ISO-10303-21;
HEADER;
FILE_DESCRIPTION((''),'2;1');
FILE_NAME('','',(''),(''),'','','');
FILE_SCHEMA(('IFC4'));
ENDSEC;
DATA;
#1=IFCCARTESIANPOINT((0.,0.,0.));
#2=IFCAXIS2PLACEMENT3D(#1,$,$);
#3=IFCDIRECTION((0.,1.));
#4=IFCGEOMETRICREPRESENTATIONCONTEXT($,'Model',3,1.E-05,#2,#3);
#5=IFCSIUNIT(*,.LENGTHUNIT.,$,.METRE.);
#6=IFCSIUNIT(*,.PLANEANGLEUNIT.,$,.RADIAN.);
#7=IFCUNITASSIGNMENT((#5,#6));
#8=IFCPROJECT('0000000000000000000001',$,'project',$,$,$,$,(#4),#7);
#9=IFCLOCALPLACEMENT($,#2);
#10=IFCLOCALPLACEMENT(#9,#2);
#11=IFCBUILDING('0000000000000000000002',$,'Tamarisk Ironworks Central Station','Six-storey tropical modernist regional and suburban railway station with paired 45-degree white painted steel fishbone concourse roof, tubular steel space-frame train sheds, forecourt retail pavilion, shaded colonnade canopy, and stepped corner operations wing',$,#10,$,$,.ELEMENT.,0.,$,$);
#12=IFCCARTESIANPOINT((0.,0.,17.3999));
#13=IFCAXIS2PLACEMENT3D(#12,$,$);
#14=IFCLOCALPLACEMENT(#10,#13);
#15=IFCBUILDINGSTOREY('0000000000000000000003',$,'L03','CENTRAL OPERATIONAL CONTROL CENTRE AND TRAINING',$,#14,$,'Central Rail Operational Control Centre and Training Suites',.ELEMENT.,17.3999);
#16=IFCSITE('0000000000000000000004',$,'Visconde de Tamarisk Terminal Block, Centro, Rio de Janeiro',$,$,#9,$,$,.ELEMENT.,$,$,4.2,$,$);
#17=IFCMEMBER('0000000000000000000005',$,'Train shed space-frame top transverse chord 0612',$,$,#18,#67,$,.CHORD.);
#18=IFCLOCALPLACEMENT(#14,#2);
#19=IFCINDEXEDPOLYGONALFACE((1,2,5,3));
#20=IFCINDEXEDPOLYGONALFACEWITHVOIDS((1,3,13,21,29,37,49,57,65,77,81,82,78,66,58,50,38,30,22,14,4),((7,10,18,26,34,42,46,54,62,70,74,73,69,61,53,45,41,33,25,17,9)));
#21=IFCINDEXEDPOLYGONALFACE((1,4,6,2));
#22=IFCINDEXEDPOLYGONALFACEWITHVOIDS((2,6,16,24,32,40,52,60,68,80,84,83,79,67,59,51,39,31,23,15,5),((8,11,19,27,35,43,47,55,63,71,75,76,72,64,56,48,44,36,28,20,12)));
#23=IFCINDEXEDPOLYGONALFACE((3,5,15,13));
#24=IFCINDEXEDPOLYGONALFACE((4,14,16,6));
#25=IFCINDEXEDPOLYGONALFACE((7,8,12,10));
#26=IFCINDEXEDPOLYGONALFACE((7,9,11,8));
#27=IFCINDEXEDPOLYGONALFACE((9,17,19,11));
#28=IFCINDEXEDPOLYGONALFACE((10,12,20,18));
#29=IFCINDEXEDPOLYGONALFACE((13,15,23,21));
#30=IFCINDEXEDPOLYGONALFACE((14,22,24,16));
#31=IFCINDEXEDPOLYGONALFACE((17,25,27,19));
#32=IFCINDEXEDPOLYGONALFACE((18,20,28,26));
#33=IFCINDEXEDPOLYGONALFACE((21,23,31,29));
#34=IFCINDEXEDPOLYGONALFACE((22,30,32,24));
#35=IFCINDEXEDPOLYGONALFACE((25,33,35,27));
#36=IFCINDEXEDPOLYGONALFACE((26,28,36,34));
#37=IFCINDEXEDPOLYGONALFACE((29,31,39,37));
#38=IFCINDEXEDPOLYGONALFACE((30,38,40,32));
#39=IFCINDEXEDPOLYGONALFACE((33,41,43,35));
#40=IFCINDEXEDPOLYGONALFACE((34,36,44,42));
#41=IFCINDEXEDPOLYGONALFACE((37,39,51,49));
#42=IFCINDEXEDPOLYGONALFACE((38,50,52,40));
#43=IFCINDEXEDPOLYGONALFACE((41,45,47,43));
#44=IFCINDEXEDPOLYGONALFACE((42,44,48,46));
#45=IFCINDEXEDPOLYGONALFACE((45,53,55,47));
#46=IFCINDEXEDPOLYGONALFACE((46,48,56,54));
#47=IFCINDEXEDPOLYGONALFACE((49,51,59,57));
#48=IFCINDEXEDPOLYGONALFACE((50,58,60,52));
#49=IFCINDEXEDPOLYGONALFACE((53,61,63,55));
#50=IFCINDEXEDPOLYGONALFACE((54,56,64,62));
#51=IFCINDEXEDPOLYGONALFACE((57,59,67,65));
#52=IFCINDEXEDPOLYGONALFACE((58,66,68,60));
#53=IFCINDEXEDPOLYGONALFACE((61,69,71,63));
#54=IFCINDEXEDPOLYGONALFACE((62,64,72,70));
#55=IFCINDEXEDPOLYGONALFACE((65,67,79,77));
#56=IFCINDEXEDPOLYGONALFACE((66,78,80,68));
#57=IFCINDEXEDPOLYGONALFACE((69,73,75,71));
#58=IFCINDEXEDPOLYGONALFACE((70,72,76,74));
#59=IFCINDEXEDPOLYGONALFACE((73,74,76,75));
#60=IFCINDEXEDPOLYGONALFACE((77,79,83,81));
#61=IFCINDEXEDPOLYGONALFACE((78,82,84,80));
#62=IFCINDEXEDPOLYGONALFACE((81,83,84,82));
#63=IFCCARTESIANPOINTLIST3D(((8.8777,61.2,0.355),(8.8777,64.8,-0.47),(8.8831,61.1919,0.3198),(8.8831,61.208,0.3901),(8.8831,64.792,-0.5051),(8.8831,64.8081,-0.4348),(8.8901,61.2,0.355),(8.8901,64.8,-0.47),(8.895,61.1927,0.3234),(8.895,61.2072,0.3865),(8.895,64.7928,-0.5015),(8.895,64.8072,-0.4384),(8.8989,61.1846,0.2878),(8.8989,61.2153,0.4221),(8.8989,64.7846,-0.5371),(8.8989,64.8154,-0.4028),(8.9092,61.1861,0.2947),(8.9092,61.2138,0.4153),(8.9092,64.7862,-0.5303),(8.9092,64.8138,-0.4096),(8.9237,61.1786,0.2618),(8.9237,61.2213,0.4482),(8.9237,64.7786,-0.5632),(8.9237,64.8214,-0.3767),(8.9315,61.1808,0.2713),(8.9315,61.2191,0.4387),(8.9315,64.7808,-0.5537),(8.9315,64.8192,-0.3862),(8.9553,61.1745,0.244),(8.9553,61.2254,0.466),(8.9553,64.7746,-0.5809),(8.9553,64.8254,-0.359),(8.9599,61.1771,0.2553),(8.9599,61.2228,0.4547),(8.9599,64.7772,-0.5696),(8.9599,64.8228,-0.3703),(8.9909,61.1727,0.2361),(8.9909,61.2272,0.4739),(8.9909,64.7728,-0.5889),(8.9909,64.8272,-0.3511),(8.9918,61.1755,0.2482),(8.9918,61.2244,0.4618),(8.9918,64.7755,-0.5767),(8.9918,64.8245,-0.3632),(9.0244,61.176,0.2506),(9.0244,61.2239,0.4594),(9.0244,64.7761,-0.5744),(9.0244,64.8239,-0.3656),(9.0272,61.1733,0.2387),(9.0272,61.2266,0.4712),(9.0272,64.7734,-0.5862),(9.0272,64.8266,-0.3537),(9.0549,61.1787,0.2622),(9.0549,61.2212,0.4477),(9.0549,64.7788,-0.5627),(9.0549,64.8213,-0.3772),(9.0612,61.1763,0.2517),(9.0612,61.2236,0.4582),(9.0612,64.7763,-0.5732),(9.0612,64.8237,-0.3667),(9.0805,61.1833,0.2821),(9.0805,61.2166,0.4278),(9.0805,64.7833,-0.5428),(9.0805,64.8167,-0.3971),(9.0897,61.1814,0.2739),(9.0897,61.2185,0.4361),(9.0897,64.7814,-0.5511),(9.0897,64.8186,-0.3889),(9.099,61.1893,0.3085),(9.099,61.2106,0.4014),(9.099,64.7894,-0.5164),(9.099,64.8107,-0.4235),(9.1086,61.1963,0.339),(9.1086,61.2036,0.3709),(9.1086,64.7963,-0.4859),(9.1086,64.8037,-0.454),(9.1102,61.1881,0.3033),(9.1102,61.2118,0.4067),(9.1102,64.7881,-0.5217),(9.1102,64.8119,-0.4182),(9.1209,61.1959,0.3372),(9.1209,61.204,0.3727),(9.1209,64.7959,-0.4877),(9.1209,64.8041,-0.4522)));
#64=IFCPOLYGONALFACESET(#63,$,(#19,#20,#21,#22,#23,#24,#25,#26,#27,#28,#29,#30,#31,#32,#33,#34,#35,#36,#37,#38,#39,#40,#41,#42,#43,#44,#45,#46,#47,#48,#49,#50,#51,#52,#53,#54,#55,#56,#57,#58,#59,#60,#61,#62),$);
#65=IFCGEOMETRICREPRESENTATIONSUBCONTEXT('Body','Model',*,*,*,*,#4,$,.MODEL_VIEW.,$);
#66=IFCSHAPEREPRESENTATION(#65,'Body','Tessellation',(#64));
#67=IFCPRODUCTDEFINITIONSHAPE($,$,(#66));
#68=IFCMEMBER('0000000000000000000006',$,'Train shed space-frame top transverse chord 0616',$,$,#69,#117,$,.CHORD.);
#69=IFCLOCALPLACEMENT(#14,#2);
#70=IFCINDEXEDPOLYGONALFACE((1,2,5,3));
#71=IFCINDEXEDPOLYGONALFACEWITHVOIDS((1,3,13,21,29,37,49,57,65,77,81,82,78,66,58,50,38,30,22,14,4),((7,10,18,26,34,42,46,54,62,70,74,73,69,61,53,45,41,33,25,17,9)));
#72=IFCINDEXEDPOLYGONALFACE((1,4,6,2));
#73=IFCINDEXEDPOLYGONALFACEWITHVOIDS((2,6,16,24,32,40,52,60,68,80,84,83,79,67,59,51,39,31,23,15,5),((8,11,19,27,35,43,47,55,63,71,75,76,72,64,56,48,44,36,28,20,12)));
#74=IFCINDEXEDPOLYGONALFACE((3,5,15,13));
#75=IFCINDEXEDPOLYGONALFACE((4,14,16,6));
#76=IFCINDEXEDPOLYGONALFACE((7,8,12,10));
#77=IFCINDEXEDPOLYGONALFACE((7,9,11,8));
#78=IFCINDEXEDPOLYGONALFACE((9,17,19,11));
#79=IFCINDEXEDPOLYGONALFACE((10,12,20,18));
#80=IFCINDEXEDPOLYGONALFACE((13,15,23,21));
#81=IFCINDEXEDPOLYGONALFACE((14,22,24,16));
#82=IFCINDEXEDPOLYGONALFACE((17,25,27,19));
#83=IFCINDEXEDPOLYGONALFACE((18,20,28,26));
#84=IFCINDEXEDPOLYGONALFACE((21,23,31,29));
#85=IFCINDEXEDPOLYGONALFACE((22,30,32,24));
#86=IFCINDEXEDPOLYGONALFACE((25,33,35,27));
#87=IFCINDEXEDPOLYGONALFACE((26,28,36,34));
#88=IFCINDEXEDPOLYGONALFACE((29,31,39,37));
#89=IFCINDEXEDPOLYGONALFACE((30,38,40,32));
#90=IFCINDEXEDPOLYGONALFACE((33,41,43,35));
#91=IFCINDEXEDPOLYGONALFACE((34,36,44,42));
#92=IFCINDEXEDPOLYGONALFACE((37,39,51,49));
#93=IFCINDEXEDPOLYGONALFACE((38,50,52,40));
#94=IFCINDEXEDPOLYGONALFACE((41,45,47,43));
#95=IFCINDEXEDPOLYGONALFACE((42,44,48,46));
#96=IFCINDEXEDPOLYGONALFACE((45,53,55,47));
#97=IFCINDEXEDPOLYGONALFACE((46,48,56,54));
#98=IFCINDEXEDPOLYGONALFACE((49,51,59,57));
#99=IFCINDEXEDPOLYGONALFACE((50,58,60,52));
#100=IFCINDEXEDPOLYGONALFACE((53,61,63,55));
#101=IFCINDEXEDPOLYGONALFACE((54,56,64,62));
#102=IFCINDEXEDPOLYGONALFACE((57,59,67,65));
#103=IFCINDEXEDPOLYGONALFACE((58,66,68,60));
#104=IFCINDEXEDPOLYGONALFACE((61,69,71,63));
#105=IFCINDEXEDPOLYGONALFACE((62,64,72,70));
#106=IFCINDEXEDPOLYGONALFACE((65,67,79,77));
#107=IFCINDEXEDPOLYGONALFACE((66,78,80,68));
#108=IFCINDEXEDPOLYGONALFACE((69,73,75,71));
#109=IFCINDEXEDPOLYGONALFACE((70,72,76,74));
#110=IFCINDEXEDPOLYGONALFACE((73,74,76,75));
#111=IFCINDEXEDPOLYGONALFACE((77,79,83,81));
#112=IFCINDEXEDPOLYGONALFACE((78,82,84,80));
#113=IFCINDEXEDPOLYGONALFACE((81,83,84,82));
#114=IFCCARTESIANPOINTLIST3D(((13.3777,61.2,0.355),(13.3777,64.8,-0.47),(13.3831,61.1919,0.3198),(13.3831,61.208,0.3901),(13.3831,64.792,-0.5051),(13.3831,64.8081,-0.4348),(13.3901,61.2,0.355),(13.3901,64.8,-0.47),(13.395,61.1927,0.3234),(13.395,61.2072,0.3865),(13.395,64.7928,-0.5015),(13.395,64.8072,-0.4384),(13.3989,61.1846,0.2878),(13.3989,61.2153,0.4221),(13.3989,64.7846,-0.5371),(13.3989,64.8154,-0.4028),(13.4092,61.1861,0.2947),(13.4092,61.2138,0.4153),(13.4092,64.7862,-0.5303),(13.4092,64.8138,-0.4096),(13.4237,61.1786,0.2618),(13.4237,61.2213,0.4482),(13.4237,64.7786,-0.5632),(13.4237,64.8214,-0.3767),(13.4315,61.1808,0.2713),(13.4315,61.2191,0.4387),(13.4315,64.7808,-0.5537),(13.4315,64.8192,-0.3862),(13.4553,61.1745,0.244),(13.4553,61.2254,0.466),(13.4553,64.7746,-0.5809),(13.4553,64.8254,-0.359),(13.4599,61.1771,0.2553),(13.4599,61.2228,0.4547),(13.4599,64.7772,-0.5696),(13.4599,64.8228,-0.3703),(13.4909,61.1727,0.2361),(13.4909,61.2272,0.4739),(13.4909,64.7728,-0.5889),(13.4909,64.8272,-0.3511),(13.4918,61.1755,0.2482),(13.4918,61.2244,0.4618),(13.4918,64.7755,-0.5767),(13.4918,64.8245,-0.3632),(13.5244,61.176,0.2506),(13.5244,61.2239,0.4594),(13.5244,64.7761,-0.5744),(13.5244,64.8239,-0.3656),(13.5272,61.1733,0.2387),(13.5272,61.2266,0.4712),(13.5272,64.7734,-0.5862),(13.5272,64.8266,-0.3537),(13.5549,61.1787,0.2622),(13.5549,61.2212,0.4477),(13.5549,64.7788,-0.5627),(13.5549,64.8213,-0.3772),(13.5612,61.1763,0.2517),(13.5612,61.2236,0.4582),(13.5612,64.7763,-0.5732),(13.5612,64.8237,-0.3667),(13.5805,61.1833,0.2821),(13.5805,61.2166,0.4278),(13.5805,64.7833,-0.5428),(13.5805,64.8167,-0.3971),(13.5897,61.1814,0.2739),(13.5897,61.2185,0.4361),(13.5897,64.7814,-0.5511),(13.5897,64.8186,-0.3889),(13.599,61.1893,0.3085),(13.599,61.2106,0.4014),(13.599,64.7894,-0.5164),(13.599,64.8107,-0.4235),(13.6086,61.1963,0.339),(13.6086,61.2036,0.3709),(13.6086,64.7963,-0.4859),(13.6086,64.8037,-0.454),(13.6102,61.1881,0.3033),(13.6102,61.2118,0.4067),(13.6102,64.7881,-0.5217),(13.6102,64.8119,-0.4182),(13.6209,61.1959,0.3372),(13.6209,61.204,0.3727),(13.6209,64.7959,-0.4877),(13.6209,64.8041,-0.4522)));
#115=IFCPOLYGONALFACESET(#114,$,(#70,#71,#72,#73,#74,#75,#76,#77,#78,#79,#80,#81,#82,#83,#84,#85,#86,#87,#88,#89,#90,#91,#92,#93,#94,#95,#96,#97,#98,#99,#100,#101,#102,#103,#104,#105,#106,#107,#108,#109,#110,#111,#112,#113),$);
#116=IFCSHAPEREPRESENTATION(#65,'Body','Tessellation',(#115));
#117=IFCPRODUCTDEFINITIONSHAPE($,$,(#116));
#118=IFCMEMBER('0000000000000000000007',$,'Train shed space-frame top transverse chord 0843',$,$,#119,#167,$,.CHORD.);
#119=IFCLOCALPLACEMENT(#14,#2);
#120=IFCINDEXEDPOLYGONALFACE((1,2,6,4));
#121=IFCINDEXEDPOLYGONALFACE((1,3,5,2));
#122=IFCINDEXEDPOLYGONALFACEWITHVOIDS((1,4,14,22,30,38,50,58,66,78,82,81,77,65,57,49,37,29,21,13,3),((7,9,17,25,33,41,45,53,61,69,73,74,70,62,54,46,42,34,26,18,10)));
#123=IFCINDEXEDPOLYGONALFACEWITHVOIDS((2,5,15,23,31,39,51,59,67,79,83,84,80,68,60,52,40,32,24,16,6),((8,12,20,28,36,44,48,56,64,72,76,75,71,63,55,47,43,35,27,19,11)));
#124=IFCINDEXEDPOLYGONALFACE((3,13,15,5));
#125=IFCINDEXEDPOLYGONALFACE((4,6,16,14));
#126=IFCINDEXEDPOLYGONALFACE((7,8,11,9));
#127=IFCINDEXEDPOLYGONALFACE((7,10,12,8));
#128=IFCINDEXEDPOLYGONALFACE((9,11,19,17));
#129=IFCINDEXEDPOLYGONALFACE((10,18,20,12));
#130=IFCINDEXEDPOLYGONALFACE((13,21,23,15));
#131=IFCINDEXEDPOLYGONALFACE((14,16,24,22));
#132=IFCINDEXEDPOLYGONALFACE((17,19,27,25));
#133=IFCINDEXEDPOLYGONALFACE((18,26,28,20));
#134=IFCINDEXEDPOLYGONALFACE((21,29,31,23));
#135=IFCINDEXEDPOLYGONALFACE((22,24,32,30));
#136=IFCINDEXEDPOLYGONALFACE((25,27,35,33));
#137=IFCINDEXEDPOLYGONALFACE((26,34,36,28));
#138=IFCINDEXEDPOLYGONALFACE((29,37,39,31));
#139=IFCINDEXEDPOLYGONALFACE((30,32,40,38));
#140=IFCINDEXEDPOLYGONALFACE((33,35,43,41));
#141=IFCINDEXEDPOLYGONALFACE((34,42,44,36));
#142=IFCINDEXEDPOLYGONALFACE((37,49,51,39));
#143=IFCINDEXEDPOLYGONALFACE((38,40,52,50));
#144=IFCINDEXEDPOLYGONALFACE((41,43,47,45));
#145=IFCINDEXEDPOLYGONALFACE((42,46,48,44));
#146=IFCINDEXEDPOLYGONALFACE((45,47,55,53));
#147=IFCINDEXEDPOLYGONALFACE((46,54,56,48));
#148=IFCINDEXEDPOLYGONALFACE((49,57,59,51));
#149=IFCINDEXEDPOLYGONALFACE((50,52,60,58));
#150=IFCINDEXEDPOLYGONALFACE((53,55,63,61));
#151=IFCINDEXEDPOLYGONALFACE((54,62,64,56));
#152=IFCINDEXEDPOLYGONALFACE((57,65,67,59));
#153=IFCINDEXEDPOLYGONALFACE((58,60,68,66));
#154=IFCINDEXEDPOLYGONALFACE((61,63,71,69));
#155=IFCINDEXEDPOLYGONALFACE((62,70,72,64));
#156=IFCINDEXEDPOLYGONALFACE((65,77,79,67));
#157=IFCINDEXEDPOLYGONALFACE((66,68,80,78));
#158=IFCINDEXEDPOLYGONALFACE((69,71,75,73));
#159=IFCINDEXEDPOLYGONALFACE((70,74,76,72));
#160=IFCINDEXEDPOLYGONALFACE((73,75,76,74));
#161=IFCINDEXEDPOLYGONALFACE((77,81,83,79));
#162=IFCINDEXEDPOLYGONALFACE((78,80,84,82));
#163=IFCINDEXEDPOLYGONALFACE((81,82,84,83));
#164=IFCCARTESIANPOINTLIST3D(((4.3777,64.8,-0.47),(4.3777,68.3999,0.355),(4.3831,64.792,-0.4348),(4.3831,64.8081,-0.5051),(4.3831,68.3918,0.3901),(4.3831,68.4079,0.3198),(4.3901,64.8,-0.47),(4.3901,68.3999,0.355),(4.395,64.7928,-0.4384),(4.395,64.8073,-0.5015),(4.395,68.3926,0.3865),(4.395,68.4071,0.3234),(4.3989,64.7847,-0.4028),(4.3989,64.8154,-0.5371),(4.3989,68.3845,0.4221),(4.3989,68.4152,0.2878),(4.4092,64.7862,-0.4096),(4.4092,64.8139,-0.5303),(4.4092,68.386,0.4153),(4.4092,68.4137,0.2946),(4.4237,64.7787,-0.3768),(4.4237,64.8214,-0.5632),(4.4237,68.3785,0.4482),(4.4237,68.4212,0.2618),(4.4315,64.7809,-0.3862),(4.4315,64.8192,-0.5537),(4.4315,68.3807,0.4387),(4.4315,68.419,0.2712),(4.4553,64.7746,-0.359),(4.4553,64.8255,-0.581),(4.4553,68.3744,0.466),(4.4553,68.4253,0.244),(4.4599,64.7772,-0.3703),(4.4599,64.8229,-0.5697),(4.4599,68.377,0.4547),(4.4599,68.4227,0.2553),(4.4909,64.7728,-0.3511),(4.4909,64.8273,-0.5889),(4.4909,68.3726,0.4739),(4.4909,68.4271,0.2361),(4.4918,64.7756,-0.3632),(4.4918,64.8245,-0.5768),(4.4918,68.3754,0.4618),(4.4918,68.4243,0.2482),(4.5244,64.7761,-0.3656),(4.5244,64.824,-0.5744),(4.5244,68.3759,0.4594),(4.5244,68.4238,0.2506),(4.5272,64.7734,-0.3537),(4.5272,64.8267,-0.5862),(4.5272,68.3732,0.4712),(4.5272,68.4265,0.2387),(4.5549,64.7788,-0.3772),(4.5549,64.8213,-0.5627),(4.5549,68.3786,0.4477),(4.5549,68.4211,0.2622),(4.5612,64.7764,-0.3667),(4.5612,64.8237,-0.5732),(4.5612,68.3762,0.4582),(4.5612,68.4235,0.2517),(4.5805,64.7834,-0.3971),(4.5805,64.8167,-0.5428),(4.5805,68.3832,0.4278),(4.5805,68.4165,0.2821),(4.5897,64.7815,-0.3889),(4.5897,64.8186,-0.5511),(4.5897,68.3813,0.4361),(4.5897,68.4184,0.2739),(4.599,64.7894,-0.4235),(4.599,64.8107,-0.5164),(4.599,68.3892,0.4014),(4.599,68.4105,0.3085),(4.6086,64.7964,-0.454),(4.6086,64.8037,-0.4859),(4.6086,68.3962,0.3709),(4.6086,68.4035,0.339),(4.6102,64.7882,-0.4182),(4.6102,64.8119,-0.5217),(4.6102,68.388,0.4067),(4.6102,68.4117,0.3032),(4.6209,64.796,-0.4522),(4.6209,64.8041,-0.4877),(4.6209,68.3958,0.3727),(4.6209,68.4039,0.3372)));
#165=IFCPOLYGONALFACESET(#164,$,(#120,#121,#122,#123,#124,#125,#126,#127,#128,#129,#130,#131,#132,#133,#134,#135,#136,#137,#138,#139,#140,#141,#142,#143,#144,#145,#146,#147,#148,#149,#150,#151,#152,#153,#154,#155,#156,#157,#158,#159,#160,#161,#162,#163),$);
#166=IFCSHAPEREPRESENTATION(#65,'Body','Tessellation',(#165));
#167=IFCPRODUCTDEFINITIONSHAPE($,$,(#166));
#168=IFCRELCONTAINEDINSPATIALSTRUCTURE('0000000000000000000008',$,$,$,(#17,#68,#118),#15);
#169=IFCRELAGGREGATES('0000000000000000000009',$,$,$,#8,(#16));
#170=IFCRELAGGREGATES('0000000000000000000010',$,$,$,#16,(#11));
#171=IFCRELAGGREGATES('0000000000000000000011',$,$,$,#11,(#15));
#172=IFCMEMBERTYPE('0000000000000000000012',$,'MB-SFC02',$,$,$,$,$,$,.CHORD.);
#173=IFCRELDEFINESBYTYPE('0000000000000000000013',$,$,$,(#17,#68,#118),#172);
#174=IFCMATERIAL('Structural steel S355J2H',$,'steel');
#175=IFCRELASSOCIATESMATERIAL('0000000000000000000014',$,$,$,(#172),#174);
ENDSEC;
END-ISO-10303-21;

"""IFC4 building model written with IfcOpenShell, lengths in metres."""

from ifc_helpers import new_model, si_unit, direction, frame, origin, origin_2d, place, context, subcontext, project, spatial, hollow_circle, extrude, material, material_profile, profile_set, type_object, element, save


model = new_model("IFC4")

# Units and contexts
model_context = context("Model", 3, precision=1e-05, world=origin(), true_north=direction((0.0, 1.0)))
body_context = subcontext(model_context, "Body", "Model", "MODEL_VIEW")
ifc_project = project(units=[si_unit("LENGTHUNIT", "METRE"), si_unit("PLANEANGLEUNIT", "RADIAN")], contexts=[model_context])

# Site, building, storey
site_placement = place(None, origin())
site = spatial("IfcSite", under=ifc_project, at=site_placement, Name="Visconde de Tamarisk Terminal Block, Centro, Rio de Janeiro", CompositionType="ELEMENT", RefElevation=4.2)
building_placement = place(site_placement, origin())
building = spatial("IfcBuilding", under=site, at=building_placement, Name="Tamarisk Ironworks Central Station", Description="Six-storey tropical modernist regional and suburban railway station with paired 45-degree white painted steel fishbone concourse roof, tubular steel space-frame train sheds, forecourt retail pavilion, shaded colonnade canopy, and stepped corner operations wing", CompositionType="ELEMENT", ElevationOfRefHeight=0.0)
storey_placement = place(building_placement, frame((0.0, 0.0, 17.3999)))
storey = spatial("IfcBuildingStorey", under=building, at=storey_placement, Name="L03", Description="CENTRAL OPERATIONAL CONTROL CENTRE AND TRAINING", LongName="Central Rail Operational Control Centre and Training Suites", CompositionType="ELEMENT", Elevation=17.3999)

# Members
ifc_material_1 = material(Name="Structural steel S355J2H", Category="steel")
ifc_material_profile_1 = material_profile(ifc_material_1, hollow_circle(Radius=0.1223, WallThickness=0.0125, at=origin_2d()), Name="CHS 244.5x12.5")
ifc_profile_set_1 = profile_set([ifc_material_profile_1], Name="Structural steel S355J2H")
member_type_1 = type_object("IfcMemberType", Name="MB-SFC02", PredefinedType="CHORD", material=ifc_profile_set_1)
for number, where, z_axis, x_axis, name in (
    (1, (9.0, 61.2, 0.355), (0.0, 0.974737, -0.223358), (-1.0, 0.0, 0.0), "Train shed space-frame top transverse chord 0612"),
    (2, (13.5, 61.2, 0.355), (0.0, 0.974737, -0.223358), (-1.0, 0.0, 0.0), "Train shed space-frame top transverse chord 0616"),
):
    element("IfcMember", number, at=place(storey_placement, frame(where, z_axis=z_axis, x_axis=x_axis)), inside=storey, type_object=member_type_1, Name=name, PredefinedType="CHORD", context=body_context, shape_type="SweptSolid", body=[
        extrude(hollow_circle(Radius=0.1223, WallThickness=0.0125, at=origin_2d()), origin(), (0.0, 0.0, 1.0), 3.6934),
    ])
for number, where, z_axis, x_axis, name in (
    (3, (4.5, 64.8, -0.47), (0.0, 0.974733, 0.223372), (-1.0, 0.0, 0.0), "Train shed space-frame top transverse chord 0843"),
):
    element("IfcMember", number, at=place(storey_placement, frame(where, z_axis=z_axis, x_axis=x_axis)), inside=storey, type_object=member_type_1, Name=name, PredefinedType="CHORD", context=body_context, shape_type="SweptSolid", body=[
        extrude(hollow_circle(Radius=0.1223, WallThickness=0.0125, at=origin_2d()), origin(), (0.0, 0.0, 1.0), 3.6931),
    ])

save(model, "model.ifc")
